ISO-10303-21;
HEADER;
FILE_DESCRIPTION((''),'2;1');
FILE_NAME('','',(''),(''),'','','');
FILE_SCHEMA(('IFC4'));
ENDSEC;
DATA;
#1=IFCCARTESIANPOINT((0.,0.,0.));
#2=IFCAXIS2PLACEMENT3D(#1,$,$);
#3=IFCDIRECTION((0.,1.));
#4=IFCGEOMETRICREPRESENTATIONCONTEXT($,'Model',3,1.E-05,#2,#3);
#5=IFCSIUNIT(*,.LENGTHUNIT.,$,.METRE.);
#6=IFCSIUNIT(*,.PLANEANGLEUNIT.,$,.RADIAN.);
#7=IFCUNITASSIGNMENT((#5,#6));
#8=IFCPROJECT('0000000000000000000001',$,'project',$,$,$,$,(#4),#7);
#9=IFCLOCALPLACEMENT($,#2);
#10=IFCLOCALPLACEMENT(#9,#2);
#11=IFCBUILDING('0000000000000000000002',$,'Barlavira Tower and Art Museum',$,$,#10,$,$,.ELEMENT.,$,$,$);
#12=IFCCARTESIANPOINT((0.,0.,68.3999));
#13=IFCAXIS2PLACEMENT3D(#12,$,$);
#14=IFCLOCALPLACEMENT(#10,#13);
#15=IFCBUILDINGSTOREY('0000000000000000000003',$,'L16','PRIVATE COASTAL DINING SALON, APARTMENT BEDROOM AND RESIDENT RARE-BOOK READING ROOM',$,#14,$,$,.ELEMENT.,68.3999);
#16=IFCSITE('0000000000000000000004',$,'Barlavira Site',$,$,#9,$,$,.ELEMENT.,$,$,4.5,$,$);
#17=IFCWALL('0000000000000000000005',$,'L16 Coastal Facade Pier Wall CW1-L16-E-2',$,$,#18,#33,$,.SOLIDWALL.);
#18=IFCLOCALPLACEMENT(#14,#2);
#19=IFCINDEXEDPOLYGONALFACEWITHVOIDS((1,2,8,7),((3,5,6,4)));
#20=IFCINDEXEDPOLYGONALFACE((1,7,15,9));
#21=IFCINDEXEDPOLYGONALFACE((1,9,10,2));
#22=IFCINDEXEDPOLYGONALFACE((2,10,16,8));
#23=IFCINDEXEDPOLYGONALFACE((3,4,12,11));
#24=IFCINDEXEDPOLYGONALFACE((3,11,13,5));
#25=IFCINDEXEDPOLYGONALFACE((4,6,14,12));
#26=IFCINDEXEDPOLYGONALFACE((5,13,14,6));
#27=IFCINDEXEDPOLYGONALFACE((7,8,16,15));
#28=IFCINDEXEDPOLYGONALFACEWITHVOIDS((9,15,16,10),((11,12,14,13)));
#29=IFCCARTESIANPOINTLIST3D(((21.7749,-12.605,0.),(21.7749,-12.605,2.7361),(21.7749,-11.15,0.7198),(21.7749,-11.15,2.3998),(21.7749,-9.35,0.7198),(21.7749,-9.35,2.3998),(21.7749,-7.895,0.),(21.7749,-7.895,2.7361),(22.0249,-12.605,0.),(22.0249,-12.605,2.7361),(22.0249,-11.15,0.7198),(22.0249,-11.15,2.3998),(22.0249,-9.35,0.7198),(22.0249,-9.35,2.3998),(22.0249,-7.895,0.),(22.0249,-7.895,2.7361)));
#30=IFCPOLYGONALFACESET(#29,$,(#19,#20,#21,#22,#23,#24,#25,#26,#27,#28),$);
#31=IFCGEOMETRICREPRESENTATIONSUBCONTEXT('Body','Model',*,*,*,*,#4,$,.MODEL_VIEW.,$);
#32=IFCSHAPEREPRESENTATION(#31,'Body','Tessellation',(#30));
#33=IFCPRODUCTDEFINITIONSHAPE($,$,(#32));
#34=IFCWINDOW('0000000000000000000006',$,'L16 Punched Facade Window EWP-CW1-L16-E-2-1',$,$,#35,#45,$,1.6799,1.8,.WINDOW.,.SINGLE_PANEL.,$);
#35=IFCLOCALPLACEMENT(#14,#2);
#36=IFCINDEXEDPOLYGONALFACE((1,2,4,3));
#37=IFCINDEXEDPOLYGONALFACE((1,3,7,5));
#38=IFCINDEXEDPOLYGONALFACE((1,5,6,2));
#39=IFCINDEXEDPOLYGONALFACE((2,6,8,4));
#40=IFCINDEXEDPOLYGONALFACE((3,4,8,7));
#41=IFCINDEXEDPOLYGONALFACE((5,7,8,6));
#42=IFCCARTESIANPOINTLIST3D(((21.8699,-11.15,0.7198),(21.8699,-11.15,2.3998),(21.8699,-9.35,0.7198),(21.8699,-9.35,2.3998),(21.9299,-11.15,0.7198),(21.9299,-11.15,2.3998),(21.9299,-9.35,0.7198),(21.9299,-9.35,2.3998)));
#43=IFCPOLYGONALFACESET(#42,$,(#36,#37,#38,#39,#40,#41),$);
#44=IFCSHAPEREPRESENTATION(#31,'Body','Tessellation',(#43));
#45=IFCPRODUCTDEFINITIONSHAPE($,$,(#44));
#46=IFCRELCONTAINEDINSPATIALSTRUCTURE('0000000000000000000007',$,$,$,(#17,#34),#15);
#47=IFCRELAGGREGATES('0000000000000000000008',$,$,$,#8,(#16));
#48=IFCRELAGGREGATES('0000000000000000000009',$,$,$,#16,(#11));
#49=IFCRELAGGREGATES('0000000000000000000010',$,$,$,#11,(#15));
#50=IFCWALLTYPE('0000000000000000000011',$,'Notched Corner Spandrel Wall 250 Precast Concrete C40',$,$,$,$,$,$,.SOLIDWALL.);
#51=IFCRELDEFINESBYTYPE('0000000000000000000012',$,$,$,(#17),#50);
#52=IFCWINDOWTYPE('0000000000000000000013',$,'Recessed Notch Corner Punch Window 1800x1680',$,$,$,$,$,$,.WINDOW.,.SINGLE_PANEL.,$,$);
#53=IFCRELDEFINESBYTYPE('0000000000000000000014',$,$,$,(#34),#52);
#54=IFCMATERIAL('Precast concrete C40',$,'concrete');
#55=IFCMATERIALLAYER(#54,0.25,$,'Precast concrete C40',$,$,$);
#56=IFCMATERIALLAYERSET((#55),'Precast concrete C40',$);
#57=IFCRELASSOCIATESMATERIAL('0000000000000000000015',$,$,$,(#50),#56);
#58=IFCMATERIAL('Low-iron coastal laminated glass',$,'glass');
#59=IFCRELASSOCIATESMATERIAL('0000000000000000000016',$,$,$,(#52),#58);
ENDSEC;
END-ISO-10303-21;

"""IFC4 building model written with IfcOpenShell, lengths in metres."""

from ifc_helpers import new_model, si_unit, direction, frame, frame_2d, origin, place, context, subcontext, project, spatial, rectangle, extrude, material, layer, layer_set, type_object, element, fill, save


model = new_model("IFC4")

# Units and contexts
model_context = context("Model", 3, precision=1e-05, world=origin(), true_north=direction((0.0, 1.0)))
body_context = subcontext(model_context, "Body", "Model", "MODEL_VIEW")
ifc_project = project(units=[si_unit("LENGTHUNIT", "METRE"), si_unit("PLANEANGLEUNIT", "RADIAN")], contexts=[model_context])

# Site, building, storey
site_placement = place(None, origin())
site = spatial("IfcSite", under=ifc_project, at=site_placement, Name="Barlavira Site", CompositionType="ELEMENT", RefElevation=4.5)
building_placement = place(site_placement, origin())
building = spatial("IfcBuilding", under=site, at=building_placement, Name="Barlavira Tower and Art Museum", CompositionType="ELEMENT")
storey_placement = place(building_placement, frame((0.0, 0.0, 68.3999)))
storey = spatial("IfcBuildingStorey", under=building, at=storey_placement, Name="L16", Description="PRIVATE COASTAL DINING SALON, APARTMENT BEDROOM AND RESIDENT RARE-BOOK READING ROOM", CompositionType="ELEMENT", Elevation=68.3999)

# Wall, opening, window
ifc_material_1 = material(Name="Precast concrete C40", Category="concrete")
ifc_layer_1 = layer(ifc_material_1, 0.25, Name="Precast concrete C40")
ifc_layer_set_1 = layer_set([ifc_layer_1], Name="Precast concrete C40")
wall_type_1 = type_object("IfcWallType", Name="Notched Corner Spandrel Wall 250 Precast Concrete C40", PredefinedType="SOLIDWALL", material=ifc_layer_set_1)
wall_1_placement = place(storey_placement, frame((21.8999, -12.605, 0.0), z_axis=(0.0, 0.0, 1.0), x_axis=(0.0, 1.0, 0.0)))
wall_1 = element("IfcWall", 1, at=wall_1_placement, inside=storey, type_object=wall_type_1, Name="L16 Coastal Facade Pier Wall CW1-L16-E-2", PredefinedType="SOLIDWALL", context=body_context, shape_type="SweptSolid", body=[
    extrude(rectangle(XDim=4.71, YDim=0.25, at=frame_2d((2.355, 0.0))), origin(), (0.0, 0.0, 1.0), 2.7361),
])
opening_placement = place(wall_1_placement, frame((1.4551, 0.0, 0.72)))
opening = element("IfcOpeningElement", 2, at=opening_placement, cuts=wall_1, PredefinedType="OPENING", context=body_context, shape_type="SweptSolid", body=[
    extrude(rectangle(XDim=1.8, YDim=1.6799, at=frame_2d((0.8999, 0.8398))), frame((0.0, 0.135, 0.0), z_axis=(0.0, -1.0, 0.0), x_axis=(1.0, 0.0, 0.0)), (0.0, 0.0, 1.0), 0.27),
])
ifc_material_2 = material(Name="Low-iron coastal laminated glass", Category="glass")
window_type = type_object("IfcWindowType", Name="Recessed Notch Corner Punch Window 1800x1680", PartitioningType="SINGLE_PANEL", PredefinedType="WINDOW", material=ifc_material_2)
window_placement = place(opening_placement, origin())
window = element("IfcWindow", 3, at=window_placement, inside=storey, type_object=window_type, Name="L16 Punched Facade Window EWP-CW1-L16-E-2-1", OverallHeight=1.6799, OverallWidth=1.8, PartitioningType="SINGLE_PANEL", PredefinedType="WINDOW", context=body_context, shape_type="SweptSolid", body=[
    extrude(rectangle(XDim=1.8, YDim=1.6799, at=frame_2d((0.8999, 0.8398))), frame((0.0, 0.03, 0.0), z_axis=(0.0, -1.0, 0.0), x_axis=(1.0, 0.0, 0.0)), (0.0, 0.0, 1.0), 0.0601),
])
fill(opening, window)

save(model, "model.ifc")
